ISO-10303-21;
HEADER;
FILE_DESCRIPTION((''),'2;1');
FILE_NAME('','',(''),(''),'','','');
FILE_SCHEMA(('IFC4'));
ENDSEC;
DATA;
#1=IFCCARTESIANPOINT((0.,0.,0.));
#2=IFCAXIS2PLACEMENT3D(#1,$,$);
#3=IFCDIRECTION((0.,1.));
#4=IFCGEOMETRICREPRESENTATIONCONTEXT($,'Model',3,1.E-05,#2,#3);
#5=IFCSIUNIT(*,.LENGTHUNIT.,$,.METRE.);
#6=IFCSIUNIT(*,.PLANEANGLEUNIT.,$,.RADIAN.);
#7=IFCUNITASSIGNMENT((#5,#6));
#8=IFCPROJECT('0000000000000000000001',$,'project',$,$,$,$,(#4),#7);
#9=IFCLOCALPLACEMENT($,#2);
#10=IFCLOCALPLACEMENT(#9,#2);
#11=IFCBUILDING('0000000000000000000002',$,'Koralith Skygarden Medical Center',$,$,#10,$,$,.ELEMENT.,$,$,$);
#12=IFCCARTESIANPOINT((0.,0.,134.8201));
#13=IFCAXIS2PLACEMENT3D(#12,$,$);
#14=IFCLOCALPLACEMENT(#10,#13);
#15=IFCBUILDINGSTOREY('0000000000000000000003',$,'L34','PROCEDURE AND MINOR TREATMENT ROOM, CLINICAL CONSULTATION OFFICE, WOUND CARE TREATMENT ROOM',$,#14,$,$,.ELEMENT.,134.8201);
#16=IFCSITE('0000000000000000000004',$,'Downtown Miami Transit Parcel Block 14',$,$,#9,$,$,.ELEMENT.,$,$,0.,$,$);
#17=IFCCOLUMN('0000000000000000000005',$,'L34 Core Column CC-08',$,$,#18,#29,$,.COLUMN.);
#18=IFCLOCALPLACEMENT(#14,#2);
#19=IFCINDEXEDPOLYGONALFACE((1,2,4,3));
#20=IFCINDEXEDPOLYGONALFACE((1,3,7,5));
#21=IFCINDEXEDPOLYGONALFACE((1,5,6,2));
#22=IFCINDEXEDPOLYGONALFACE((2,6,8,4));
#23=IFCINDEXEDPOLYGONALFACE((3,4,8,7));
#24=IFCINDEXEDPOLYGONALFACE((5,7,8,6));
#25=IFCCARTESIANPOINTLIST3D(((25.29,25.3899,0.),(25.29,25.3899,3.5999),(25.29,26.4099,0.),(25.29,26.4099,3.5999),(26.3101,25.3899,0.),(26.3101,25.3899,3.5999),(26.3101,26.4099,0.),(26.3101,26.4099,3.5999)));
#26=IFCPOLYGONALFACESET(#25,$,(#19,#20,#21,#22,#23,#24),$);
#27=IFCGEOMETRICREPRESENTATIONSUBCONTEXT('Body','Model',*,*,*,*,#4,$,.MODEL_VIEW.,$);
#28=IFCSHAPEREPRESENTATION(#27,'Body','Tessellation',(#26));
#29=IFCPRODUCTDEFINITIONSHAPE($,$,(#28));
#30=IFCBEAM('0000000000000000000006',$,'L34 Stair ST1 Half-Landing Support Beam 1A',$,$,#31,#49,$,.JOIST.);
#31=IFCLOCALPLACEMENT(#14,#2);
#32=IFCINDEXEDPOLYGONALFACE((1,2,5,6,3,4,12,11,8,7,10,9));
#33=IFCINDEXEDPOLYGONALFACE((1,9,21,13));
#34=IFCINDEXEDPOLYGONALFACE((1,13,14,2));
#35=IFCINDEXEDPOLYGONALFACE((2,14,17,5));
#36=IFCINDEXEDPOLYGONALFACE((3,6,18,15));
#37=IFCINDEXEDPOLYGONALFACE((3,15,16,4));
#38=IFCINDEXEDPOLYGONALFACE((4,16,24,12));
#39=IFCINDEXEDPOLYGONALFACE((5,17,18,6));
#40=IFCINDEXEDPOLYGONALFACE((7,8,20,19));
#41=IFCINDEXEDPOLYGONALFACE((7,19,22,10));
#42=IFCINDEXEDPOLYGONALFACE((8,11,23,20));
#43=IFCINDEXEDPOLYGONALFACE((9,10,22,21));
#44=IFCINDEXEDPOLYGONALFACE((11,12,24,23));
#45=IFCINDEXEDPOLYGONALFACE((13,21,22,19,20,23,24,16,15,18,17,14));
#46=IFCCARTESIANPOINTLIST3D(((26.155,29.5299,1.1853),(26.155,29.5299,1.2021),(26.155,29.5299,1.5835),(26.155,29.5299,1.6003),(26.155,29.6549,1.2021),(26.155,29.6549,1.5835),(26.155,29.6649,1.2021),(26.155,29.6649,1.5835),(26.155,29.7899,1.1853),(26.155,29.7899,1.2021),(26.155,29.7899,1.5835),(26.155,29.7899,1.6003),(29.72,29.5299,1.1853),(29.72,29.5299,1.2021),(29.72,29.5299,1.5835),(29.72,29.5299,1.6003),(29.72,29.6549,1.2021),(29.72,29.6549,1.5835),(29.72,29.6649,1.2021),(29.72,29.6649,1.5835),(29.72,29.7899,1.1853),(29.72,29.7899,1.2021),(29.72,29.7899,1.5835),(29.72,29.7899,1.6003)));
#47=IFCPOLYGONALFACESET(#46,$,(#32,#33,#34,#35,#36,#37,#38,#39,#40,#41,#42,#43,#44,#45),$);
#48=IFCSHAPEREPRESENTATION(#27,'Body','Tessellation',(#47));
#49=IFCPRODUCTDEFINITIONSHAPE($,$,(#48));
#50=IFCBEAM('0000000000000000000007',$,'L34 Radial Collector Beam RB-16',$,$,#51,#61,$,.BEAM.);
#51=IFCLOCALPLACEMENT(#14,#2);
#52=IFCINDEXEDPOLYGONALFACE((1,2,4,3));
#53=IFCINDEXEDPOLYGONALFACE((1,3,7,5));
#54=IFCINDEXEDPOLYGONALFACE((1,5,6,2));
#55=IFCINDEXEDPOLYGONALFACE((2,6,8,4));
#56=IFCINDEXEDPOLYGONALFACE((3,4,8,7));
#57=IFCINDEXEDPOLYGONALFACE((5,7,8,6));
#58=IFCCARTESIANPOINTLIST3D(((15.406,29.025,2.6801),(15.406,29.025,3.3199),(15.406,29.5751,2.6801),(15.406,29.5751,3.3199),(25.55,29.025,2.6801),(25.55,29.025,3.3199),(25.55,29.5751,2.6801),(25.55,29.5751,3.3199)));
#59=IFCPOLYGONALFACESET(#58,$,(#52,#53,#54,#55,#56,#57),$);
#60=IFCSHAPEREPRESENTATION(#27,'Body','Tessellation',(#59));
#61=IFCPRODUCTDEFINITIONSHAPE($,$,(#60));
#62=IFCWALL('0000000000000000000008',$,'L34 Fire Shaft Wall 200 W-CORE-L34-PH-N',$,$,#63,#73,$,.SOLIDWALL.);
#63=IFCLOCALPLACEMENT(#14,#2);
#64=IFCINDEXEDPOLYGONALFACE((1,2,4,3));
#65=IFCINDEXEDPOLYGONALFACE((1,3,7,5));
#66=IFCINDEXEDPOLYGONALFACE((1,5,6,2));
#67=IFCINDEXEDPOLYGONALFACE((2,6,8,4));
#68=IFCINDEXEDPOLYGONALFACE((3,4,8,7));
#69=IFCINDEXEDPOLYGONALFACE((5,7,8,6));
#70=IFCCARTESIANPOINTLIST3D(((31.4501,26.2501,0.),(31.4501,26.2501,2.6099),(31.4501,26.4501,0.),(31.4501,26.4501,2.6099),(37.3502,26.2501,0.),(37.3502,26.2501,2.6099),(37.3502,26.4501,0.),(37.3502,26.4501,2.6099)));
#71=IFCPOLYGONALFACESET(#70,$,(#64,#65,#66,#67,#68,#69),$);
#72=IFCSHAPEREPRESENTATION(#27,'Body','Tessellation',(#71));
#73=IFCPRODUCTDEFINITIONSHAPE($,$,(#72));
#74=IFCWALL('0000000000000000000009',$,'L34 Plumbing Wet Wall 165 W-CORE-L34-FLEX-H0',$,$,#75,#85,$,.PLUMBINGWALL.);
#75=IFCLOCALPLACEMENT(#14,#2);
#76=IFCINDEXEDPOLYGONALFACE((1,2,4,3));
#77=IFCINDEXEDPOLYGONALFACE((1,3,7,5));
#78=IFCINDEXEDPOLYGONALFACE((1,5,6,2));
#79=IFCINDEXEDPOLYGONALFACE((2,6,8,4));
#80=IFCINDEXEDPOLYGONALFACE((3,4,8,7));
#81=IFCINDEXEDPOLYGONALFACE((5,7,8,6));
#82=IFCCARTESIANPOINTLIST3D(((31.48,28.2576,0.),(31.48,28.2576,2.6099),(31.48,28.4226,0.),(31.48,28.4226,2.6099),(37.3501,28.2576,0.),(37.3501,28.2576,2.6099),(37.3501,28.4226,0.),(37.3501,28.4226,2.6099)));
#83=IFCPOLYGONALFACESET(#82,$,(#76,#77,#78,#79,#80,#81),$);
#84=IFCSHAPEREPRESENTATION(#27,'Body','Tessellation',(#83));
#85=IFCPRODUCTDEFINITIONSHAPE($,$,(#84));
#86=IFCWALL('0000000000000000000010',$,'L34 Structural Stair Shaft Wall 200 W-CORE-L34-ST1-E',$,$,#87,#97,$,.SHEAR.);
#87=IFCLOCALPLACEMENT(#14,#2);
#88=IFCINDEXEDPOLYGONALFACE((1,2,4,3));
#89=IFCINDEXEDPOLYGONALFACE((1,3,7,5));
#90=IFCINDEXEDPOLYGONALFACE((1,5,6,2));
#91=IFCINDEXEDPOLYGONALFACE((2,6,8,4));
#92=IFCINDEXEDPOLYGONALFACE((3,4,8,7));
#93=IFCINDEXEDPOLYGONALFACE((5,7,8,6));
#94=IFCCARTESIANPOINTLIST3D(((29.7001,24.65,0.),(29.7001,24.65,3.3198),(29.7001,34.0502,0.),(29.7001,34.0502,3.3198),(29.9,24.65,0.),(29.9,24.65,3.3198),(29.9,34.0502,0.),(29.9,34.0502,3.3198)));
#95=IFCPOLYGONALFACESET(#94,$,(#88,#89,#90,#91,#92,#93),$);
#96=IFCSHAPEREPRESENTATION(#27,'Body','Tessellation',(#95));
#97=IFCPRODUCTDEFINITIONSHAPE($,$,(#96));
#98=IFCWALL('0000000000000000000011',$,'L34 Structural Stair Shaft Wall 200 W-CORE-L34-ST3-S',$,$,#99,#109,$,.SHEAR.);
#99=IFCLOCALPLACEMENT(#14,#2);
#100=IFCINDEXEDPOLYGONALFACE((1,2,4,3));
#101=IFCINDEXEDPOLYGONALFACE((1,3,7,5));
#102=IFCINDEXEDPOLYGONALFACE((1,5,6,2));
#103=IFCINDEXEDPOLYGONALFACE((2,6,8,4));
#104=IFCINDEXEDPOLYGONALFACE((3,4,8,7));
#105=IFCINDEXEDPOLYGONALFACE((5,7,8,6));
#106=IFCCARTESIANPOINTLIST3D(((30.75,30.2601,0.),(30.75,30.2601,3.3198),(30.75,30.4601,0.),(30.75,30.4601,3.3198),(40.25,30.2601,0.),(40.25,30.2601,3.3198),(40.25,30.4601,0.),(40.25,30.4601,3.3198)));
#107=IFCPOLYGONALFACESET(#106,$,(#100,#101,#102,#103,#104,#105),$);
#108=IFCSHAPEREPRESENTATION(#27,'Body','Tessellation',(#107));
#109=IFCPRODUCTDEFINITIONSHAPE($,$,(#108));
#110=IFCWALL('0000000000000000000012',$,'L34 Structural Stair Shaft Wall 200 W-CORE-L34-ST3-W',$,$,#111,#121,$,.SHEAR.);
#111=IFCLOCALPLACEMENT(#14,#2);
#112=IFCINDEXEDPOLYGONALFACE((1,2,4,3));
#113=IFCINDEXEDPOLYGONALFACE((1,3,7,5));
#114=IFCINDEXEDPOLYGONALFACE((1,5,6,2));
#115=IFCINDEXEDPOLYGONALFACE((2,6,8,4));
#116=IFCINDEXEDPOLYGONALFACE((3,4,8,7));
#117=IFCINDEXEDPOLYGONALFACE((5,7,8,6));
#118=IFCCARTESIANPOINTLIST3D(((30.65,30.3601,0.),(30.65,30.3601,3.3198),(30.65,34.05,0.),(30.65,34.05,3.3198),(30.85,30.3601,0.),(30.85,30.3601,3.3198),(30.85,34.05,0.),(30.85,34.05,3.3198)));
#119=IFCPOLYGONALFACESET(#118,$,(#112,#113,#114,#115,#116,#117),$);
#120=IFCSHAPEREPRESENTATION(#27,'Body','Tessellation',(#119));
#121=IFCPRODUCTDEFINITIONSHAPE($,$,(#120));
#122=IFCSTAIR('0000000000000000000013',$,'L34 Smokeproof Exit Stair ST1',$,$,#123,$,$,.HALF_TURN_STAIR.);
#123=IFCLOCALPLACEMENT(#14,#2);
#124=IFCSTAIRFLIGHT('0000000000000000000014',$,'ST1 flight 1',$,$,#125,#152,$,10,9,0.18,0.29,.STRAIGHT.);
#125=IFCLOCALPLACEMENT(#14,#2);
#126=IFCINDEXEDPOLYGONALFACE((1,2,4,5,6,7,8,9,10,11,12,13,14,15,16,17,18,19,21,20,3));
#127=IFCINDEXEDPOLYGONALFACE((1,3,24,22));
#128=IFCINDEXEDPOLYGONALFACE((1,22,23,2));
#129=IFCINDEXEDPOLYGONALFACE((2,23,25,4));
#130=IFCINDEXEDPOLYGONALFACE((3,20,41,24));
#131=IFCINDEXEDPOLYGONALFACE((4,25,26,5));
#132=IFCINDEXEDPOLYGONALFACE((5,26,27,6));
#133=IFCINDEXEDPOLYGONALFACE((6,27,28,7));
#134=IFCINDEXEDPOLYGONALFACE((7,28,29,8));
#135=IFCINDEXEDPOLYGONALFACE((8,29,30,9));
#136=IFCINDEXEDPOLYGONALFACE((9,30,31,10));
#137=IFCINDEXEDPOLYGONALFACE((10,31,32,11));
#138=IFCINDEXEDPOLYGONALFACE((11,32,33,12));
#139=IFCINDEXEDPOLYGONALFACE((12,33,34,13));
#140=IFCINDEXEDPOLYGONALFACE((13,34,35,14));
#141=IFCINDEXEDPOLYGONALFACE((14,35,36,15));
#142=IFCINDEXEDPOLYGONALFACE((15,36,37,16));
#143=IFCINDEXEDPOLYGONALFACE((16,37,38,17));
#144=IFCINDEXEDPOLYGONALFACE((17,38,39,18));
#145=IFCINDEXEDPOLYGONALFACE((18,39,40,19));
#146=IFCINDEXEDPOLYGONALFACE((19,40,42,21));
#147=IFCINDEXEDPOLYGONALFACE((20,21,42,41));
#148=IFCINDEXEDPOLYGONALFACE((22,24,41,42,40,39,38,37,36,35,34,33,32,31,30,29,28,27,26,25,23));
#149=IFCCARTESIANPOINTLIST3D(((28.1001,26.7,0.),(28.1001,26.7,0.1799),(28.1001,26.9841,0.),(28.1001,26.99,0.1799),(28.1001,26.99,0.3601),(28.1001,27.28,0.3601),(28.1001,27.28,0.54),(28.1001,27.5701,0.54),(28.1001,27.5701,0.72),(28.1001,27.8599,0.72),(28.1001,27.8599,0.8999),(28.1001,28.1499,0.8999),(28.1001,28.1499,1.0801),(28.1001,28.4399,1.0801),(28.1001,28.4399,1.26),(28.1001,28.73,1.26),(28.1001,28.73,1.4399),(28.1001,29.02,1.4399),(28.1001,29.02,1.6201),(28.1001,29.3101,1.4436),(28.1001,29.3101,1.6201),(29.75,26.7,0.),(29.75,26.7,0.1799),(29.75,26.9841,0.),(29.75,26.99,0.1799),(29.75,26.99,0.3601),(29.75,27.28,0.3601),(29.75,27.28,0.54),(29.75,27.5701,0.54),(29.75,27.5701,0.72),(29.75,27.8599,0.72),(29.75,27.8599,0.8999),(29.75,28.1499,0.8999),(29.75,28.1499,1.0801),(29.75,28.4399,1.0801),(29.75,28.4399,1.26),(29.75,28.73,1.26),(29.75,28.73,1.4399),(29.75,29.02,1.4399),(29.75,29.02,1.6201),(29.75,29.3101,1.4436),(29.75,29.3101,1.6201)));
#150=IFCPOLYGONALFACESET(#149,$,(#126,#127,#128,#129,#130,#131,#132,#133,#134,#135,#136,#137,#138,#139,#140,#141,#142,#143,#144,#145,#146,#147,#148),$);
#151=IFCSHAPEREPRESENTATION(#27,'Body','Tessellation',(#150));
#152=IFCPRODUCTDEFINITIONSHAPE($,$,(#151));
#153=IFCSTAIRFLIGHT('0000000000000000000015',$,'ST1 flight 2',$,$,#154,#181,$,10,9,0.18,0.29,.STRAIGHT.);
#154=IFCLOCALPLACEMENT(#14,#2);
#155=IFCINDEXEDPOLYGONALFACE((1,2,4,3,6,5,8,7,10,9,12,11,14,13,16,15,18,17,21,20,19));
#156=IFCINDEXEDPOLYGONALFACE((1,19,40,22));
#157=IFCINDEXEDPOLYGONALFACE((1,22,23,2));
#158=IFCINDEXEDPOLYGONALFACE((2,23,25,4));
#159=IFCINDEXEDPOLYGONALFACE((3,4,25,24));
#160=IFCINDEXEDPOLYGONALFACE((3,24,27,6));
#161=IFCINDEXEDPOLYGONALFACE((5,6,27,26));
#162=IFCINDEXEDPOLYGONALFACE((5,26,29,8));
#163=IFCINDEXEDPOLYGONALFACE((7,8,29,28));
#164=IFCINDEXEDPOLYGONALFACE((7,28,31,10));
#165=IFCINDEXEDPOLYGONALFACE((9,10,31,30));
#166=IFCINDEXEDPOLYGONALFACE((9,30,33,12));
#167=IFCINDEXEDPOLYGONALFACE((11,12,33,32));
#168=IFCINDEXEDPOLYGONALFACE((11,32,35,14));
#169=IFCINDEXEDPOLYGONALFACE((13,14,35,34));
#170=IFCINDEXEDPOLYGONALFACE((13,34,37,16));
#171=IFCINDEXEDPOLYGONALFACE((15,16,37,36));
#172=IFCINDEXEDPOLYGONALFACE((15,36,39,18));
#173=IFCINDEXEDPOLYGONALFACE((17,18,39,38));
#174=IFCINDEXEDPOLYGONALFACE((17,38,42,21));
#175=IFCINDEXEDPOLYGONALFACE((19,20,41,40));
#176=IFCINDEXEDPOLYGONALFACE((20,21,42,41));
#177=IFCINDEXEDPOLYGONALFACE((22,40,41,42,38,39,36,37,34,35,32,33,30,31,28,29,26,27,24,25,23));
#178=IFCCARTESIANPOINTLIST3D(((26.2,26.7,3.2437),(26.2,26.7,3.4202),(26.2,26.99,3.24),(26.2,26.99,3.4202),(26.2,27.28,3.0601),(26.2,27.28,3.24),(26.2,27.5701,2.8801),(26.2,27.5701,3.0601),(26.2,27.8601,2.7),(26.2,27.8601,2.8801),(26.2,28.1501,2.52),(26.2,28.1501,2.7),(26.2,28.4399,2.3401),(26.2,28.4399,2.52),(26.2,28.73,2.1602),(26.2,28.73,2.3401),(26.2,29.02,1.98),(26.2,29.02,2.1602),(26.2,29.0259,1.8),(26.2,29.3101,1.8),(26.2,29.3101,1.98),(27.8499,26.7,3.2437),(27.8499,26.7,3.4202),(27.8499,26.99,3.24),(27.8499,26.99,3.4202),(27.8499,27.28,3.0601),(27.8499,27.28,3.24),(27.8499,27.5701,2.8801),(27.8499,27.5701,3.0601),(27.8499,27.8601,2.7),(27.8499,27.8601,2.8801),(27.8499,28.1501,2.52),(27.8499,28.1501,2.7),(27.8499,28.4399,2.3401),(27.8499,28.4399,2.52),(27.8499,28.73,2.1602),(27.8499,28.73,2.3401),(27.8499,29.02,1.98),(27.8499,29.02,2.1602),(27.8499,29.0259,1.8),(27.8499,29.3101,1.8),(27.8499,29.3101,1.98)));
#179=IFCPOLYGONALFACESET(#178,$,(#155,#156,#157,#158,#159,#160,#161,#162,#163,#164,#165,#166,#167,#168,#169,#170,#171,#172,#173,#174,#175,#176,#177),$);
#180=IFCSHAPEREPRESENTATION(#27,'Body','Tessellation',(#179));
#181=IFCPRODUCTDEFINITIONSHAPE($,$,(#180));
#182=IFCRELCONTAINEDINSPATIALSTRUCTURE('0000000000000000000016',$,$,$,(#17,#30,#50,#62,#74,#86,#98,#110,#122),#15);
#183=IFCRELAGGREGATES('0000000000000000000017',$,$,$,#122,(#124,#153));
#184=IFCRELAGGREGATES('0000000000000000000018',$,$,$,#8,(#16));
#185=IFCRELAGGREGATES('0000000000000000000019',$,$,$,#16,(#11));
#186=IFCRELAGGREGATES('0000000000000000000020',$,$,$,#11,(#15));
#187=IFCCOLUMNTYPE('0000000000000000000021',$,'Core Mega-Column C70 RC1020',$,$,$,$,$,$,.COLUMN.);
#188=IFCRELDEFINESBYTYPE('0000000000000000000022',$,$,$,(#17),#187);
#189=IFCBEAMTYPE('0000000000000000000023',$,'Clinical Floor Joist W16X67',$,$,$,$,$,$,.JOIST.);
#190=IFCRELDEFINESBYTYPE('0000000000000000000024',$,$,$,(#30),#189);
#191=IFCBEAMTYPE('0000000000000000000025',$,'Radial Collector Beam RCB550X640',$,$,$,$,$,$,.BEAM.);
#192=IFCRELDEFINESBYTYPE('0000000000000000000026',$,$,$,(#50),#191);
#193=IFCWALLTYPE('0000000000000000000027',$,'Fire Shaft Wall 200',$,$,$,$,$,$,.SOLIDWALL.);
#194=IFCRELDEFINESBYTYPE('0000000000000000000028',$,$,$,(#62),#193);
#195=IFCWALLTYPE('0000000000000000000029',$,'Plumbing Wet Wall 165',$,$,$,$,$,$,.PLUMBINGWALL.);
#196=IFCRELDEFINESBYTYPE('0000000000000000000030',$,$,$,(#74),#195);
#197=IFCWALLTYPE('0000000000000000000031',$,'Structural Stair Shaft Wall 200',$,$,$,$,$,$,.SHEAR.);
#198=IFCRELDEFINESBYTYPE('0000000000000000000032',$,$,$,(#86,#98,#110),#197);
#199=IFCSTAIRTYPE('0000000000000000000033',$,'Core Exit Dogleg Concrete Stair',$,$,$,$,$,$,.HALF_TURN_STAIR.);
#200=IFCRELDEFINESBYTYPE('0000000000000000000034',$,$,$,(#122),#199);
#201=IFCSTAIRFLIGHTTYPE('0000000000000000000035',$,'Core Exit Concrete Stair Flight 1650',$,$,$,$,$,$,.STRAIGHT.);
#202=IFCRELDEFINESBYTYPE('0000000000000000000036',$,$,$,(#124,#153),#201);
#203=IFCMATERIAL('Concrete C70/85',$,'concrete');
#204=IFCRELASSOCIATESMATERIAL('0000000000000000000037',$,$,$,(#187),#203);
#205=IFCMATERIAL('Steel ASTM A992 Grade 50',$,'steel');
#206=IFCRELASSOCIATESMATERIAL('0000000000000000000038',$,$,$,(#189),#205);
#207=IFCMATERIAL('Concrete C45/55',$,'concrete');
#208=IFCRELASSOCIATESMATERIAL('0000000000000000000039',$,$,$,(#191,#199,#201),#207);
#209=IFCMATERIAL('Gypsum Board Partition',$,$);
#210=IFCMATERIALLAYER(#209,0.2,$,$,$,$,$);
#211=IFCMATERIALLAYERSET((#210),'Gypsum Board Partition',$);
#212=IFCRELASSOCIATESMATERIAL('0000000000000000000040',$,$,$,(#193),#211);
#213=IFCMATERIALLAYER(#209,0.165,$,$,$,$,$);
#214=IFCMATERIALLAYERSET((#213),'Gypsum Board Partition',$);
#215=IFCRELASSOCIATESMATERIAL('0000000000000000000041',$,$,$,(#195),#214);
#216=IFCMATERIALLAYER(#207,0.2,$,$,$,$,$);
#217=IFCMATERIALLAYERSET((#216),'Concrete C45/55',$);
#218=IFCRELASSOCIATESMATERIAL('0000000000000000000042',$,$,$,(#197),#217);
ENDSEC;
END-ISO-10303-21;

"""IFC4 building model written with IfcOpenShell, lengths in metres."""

from ifc_helpers import new_model, si_unit, direction, frame, frame_2d, origin, origin_2d, place, context, subcontext, project, spatial, polyline, rectangle, i_section, outline, extrude, material, layer, layer_set, material_profile, profile_set, type_object, element, aggregate, save


model = new_model("IFC4")

# Units and contexts
model_context = context("Model", 3, precision=1e-05, world=origin(), true_north=direction((0.0, 1.0)))
body_context = subcontext(model_context, "Body", "Model", "MODEL_VIEW")
ifc_project = project(units=[si_unit("LENGTHUNIT", "METRE"), si_unit("PLANEANGLEUNIT", "RADIAN")], contexts=[model_context])

# Site, building, storey
site_placement = place(None, origin())
site = spatial("IfcSite", under=ifc_project, at=site_placement, Name="Downtown Miami Transit Parcel Block 14", CompositionType="ELEMENT", RefElevation=0.0)
building_placement = place(site_placement, origin())
building = spatial("IfcBuilding", under=site, at=building_placement, Name="Koralith Skygarden Medical Center", CompositionType="ELEMENT")
storey_placement = place(building_placement, frame((0.0, 0.0, 134.8201)))
storey = spatial("IfcBuildingStorey", under=building, at=storey_placement, Name="L34", Description="PROCEDURE AND MINOR TREATMENT ROOM, CLINICAL CONSULTATION OFFICE, WOUND CARE TREATMENT ROOM", CompositionType="ELEMENT", Elevation=134.8201)

# Column
ifc_material_1 = material(Name="Concrete C70/85", Category="concrete")
ifc_material_profile_1 = material_profile(ifc_material_1, rectangle(XDim=1.02, YDim=1.02, at=origin_2d()), Name="RC1020X1020")
ifc_profile_set_1 = profile_set([ifc_material_profile_1], Name="Concrete C70/85")
column_type = type_object("IfcColumnType", Name="Core Mega-Column C70 RC1020", PredefinedType="COLUMN", material=ifc_profile_set_1)
column_placement = place(storey_placement, frame((25.8, 25.8999, 0.0), z_axis=(0.0, 0.0, 1.0), x_axis=(1.0, 0.0, 0.0)))
element("IfcColumn", 1, at=column_placement, inside=storey, type_object=column_type, Name="L34 Core Column CC-08", PredefinedType="COLUMN", context=body_context, shape_type="SweptSolid", body=[
    extrude(rectangle(XDim=1.02, YDim=1.02, at=origin_2d()), origin(), (0.0, 0.0, 1.0), 3.5999),
])

# Beams
ifc_material_2 = material(Name="Steel ASTM A992 Grade 50", Category="steel")
ifc_material_profile_2 = material_profile(ifc_material_2, i_section(OverallWidth=0.26, OverallDepth=0.415, WebThickness=0.01, FlangeThickness=0.0168, at=origin_2d()), Name="W16X67")
ifc_profile_set_2 = profile_set([ifc_material_profile_2], Name="Steel ASTM A992 Grade 50")
beam_type_1 = type_object("IfcBeamType", Name="Clinical Floor Joist W16X67", PredefinedType="JOIST", material=ifc_profile_set_2)
beam_1_placement = place(storey_placement, frame((26.155, 29.6599, 1.3928), z_axis=(1.0, 0.0, 0.0), x_axis=(0.0, 1.0, 0.0)))
element("IfcBeam", 2, at=beam_1_placement, inside=storey, type_object=beam_type_1, Name="L34 Stair ST1 Half-Landing Support Beam 1A", PredefinedType="JOIST", context=body_context, shape_type="SweptSolid", body=[
    extrude(i_section(OverallWidth=0.26, OverallDepth=0.415, WebThickness=0.01, FlangeThickness=0.0168, at=origin_2d()), origin(), (0.0, 0.0, 1.0), 3.5649),
])
ifc_material_3 = material(Name="Concrete C45/55", Category="concrete")
ifc_material_profile_3 = material_profile(ifc_material_3, rectangle(XDim=0.55, YDim=0.6399, at=origin_2d()), Name="RCB550X640")
ifc_profile_set_3 = profile_set([ifc_material_profile_3], Name="Concrete C45/55")
beam_type_2 = type_object("IfcBeamType", Name="Radial Collector Beam RCB550X640", PredefinedType="BEAM", material=ifc_profile_set_3)
beam_2_placement = place(storey_placement, frame((25.55, 29.3, 3.0), z_axis=(-1.0, 0.0, 0.0), x_axis=(0.0, -1.0, 0.0)))
element("IfcBeam", 3, at=beam_2_placement, inside=storey, type_object=beam_type_2, Name="L34 Radial Collector Beam RB-16", PredefinedType="BEAM", context=body_context, shape_type="SweptSolid", body=[
    extrude(rectangle(XDim=0.55, YDim=0.6399, at=origin_2d()), origin(), (0.0, 0.0, 1.0), 10.144),
])

# Wall
ifc_material_4 = material(Name="Gypsum Board Partition")
ifc_layer_1 = layer(ifc_material_4, 0.2)
ifc_layer_set_1 = layer_set([ifc_layer_1], Name="Gypsum Board Partition")
wall_type_1 = type_object("IfcWallType", Name="Fire Shaft Wall 200", PredefinedType="SOLIDWALL", material=ifc_layer_set_1)
wall_1_placement = place(storey_placement, frame((31.45, 26.3501, 0.0), z_axis=(0.0, 0.0, 1.0), x_axis=(1.0, 0.0, 0.0)))
element("IfcWall", 4, at=wall_1_placement, inside=storey, type_object=wall_type_1, Name="L34 Fire Shaft Wall 200 W-CORE-L34-PH-N", PredefinedType="SOLIDWALL", context=body_context, shape_type="SweptSolid", body=[
    extrude(rectangle(XDim=5.9001, YDim=0.2, at=frame_2d((2.9502, 0.0))), origin(), (0.0, 0.0, 1.0), 2.6099),
])

# Shared definitions
ifc_layer_2 = layer(ifc_material_4, 0.165)
ifc_layer_set_2 = layer_set([ifc_layer_2], Name="Gypsum Board Partition")
wall_type_2 = type_object("IfcWallType", Name="Plumbing Wet Wall 165", PredefinedType="PLUMBINGWALL", material=ifc_layer_set_2)

# Walls
wall_2_placement = place(storey_placement, frame((31.48, 28.3401, 0.0), z_axis=(0.0, 0.0, 1.0), x_axis=(1.0, 0.0, 0.0)))
element("IfcWall", 5, at=wall_2_placement, inside=storey, type_object=wall_type_2, Name="L34 Plumbing Wet Wall 165 W-CORE-L34-FLEX-H0", PredefinedType="PLUMBINGWALL", context=body_context, shape_type="SweptSolid", body=[
    extrude(rectangle(XDim=5.8701, YDim=0.165, at=frame_2d((2.9351, 0.0))), origin(), (0.0, 0.0, 1.0), 2.6099),
])
ifc_layer_3 = layer(ifc_material_3, 0.2)
ifc_layer_set_3 = layer_set([ifc_layer_3], Name="Concrete C45/55")
wall_type_3 = type_object("IfcWallType", Name="Structural Stair Shaft Wall 200", PredefinedType="SHEAR", material=ifc_layer_set_3)
wall_3_placement = place(storey_placement, frame((29.8, 24.6499, 0.0), z_axis=(0.0, 0.0, 1.0), x_axis=(0.0, 1.0, 0.0)))
element("IfcWall", 6, at=wall_3_placement, inside=storey, type_object=wall_type_3, Name="L34 Structural Stair Shaft Wall 200 W-CORE-L34-ST1-E", PredefinedType="SHEAR", context=body_context, shape_type="SweptSolid", body=[
    extrude(rectangle(XDim=9.4001, YDim=0.2, at=frame_2d((4.7002, 0.0))), origin(), (0.0, 0.0, 1.0), 3.3198),
])
wall_4_placement = place(storey_placement, frame((30.75, 30.3601, 0.0), z_axis=(0.0, 0.0, 1.0), x_axis=(1.0, 0.0, 0.0)))
element("IfcWall", 7, at=wall_4_placement, inside=storey, type_object=wall_type_3, Name="L34 Structural Stair Shaft Wall 200 W-CORE-L34-ST3-S", PredefinedType="SHEAR", context=body_context, shape_type="SweptSolid", body=[
    extrude(rectangle(XDim=9.5, YDim=0.2, at=frame_2d((4.75, 0.0))), origin(), (0.0, 0.0, 1.0), 3.3198),
])
wall_5_placement = place(storey_placement, frame((30.75, 30.3601, 0.0), z_axis=(0.0, 0.0, 1.0), x_axis=(0.0, 1.0, 0.0)))
element("IfcWall", 8, at=wall_5_placement, inside=storey, type_object=wall_type_3, Name="L34 Structural Stair Shaft Wall 200 W-CORE-L34-ST3-W", PredefinedType="SHEAR", context=body_context, shape_type="SweptSolid", body=[
    extrude(rectangle(XDim=3.6899, YDim=0.2, at=frame_2d((1.845, 0.0))), origin(), (0.0, 0.0, 1.0), 3.3198),
])

# Stair, stair flights
stair_type = type_object("IfcStairType", Name="Core Exit Dogleg Concrete Stair", PredefinedType="HALF_TURN_STAIR", material=ifc_material_3)
stair_placement = place(storey_placement, origin())
stair = element("IfcStair", 9, at=stair_placement, inside=storey, type_object=stair_type, Name="L34 Smokeproof Exit Stair ST1", PredefinedType="HALF_TURN_STAIR")
stair_flight_type = type_object("IfcStairFlightType", Name="Core Exit Concrete Stair Flight 1650", PredefinedType="STRAIGHT", material=ifc_material_3)
stair_flight_1_placement = place(storey_placement, frame((28.925, 26.7, 0.0), z_axis=(0.0, 0.0, 1.0), x_axis=(0.0, 1.0, 0.0)))
stair_flight_1 = element("IfcStairFlight", 10, at=stair_flight_1_placement, type_object=stair_flight_type, Name="ST1 flight 1", NumberOfRisers=10, NumberOfTreads=9, PredefinedType="STRAIGHT", RiserHeight=0.18, TreadLength=0.29, context=body_context, shape_type="SweptSolid", body=[
    extrude(outline(polyline([(0.0, 0.0), (0.0, 0.1799), (0.29, 0.1799), (0.29, 0.3601), (0.5801, 0.3601), (0.5801, 0.54), (0.8701, 0.54), (0.8701, 0.72), (1.1599, 0.72), (1.1599, 0.8999), (1.45, 0.8999), (1.45, 1.0801), (1.74, 1.0801), (1.74, 1.26), (2.03, 1.26), (2.03, 1.4399), (2.3201, 1.4399), (2.3201, 1.6201), (2.6101, 1.6201), (2.6101, 1.8), (2.6101, 1.4436), (0.2842, 0.0), (0.0, 0.0)])), frame((0.0, 0.825, 0.0), z_axis=(0.0, -1.0, 0.0), x_axis=(1.0, 0.0, 0.0)), (0.0, 0.0, 1.0), 1.6499),
])
stair_flight_2_placement = place(storey_placement, frame((27.0249, 29.3101, 1.8), z_axis=(0.0, 0.0, 1.0), x_axis=(0.0, -1.0, 0.0)))
stair_flight_2 = element("IfcStairFlight", 11, at=stair_flight_2_placement, type_object=stair_flight_type, Name="ST1 flight 2", NumberOfRisers=10, NumberOfTreads=9, PredefinedType="STRAIGHT", RiserHeight=0.18, TreadLength=0.29, context=body_context, shape_type="SweptSolid", body=[
    extrude(outline(polyline([(0.0, 0.0), (0.0, 0.1799), (0.29, 0.1799), (0.29, 0.3601), (0.5801, 0.3601), (0.5801, 0.54), (0.8701, 0.54), (0.8701, 0.72), (1.1599, 0.72), (1.1599, 0.8999), (1.45, 0.8999), (1.45, 1.0801), (1.74, 1.0801), (1.74, 1.26), (2.03, 1.26), (2.03, 1.4399), (2.3201, 1.4399), (2.3201, 1.6201), (2.6101, 1.6201), (2.6101, 1.8), (2.6101, 1.4436), (0.2842, 0.0), (0.0, 0.0)])), frame((0.0, 0.825, 0.0), z_axis=(0.0, -1.0, 0.0), x_axis=(1.0, 0.0, 0.0)), (0.0, 0.0, 1.0), 1.6499),
])
aggregate(stair, [stair_flight_1, stair_flight_2])

save(model, "model.ifc")
